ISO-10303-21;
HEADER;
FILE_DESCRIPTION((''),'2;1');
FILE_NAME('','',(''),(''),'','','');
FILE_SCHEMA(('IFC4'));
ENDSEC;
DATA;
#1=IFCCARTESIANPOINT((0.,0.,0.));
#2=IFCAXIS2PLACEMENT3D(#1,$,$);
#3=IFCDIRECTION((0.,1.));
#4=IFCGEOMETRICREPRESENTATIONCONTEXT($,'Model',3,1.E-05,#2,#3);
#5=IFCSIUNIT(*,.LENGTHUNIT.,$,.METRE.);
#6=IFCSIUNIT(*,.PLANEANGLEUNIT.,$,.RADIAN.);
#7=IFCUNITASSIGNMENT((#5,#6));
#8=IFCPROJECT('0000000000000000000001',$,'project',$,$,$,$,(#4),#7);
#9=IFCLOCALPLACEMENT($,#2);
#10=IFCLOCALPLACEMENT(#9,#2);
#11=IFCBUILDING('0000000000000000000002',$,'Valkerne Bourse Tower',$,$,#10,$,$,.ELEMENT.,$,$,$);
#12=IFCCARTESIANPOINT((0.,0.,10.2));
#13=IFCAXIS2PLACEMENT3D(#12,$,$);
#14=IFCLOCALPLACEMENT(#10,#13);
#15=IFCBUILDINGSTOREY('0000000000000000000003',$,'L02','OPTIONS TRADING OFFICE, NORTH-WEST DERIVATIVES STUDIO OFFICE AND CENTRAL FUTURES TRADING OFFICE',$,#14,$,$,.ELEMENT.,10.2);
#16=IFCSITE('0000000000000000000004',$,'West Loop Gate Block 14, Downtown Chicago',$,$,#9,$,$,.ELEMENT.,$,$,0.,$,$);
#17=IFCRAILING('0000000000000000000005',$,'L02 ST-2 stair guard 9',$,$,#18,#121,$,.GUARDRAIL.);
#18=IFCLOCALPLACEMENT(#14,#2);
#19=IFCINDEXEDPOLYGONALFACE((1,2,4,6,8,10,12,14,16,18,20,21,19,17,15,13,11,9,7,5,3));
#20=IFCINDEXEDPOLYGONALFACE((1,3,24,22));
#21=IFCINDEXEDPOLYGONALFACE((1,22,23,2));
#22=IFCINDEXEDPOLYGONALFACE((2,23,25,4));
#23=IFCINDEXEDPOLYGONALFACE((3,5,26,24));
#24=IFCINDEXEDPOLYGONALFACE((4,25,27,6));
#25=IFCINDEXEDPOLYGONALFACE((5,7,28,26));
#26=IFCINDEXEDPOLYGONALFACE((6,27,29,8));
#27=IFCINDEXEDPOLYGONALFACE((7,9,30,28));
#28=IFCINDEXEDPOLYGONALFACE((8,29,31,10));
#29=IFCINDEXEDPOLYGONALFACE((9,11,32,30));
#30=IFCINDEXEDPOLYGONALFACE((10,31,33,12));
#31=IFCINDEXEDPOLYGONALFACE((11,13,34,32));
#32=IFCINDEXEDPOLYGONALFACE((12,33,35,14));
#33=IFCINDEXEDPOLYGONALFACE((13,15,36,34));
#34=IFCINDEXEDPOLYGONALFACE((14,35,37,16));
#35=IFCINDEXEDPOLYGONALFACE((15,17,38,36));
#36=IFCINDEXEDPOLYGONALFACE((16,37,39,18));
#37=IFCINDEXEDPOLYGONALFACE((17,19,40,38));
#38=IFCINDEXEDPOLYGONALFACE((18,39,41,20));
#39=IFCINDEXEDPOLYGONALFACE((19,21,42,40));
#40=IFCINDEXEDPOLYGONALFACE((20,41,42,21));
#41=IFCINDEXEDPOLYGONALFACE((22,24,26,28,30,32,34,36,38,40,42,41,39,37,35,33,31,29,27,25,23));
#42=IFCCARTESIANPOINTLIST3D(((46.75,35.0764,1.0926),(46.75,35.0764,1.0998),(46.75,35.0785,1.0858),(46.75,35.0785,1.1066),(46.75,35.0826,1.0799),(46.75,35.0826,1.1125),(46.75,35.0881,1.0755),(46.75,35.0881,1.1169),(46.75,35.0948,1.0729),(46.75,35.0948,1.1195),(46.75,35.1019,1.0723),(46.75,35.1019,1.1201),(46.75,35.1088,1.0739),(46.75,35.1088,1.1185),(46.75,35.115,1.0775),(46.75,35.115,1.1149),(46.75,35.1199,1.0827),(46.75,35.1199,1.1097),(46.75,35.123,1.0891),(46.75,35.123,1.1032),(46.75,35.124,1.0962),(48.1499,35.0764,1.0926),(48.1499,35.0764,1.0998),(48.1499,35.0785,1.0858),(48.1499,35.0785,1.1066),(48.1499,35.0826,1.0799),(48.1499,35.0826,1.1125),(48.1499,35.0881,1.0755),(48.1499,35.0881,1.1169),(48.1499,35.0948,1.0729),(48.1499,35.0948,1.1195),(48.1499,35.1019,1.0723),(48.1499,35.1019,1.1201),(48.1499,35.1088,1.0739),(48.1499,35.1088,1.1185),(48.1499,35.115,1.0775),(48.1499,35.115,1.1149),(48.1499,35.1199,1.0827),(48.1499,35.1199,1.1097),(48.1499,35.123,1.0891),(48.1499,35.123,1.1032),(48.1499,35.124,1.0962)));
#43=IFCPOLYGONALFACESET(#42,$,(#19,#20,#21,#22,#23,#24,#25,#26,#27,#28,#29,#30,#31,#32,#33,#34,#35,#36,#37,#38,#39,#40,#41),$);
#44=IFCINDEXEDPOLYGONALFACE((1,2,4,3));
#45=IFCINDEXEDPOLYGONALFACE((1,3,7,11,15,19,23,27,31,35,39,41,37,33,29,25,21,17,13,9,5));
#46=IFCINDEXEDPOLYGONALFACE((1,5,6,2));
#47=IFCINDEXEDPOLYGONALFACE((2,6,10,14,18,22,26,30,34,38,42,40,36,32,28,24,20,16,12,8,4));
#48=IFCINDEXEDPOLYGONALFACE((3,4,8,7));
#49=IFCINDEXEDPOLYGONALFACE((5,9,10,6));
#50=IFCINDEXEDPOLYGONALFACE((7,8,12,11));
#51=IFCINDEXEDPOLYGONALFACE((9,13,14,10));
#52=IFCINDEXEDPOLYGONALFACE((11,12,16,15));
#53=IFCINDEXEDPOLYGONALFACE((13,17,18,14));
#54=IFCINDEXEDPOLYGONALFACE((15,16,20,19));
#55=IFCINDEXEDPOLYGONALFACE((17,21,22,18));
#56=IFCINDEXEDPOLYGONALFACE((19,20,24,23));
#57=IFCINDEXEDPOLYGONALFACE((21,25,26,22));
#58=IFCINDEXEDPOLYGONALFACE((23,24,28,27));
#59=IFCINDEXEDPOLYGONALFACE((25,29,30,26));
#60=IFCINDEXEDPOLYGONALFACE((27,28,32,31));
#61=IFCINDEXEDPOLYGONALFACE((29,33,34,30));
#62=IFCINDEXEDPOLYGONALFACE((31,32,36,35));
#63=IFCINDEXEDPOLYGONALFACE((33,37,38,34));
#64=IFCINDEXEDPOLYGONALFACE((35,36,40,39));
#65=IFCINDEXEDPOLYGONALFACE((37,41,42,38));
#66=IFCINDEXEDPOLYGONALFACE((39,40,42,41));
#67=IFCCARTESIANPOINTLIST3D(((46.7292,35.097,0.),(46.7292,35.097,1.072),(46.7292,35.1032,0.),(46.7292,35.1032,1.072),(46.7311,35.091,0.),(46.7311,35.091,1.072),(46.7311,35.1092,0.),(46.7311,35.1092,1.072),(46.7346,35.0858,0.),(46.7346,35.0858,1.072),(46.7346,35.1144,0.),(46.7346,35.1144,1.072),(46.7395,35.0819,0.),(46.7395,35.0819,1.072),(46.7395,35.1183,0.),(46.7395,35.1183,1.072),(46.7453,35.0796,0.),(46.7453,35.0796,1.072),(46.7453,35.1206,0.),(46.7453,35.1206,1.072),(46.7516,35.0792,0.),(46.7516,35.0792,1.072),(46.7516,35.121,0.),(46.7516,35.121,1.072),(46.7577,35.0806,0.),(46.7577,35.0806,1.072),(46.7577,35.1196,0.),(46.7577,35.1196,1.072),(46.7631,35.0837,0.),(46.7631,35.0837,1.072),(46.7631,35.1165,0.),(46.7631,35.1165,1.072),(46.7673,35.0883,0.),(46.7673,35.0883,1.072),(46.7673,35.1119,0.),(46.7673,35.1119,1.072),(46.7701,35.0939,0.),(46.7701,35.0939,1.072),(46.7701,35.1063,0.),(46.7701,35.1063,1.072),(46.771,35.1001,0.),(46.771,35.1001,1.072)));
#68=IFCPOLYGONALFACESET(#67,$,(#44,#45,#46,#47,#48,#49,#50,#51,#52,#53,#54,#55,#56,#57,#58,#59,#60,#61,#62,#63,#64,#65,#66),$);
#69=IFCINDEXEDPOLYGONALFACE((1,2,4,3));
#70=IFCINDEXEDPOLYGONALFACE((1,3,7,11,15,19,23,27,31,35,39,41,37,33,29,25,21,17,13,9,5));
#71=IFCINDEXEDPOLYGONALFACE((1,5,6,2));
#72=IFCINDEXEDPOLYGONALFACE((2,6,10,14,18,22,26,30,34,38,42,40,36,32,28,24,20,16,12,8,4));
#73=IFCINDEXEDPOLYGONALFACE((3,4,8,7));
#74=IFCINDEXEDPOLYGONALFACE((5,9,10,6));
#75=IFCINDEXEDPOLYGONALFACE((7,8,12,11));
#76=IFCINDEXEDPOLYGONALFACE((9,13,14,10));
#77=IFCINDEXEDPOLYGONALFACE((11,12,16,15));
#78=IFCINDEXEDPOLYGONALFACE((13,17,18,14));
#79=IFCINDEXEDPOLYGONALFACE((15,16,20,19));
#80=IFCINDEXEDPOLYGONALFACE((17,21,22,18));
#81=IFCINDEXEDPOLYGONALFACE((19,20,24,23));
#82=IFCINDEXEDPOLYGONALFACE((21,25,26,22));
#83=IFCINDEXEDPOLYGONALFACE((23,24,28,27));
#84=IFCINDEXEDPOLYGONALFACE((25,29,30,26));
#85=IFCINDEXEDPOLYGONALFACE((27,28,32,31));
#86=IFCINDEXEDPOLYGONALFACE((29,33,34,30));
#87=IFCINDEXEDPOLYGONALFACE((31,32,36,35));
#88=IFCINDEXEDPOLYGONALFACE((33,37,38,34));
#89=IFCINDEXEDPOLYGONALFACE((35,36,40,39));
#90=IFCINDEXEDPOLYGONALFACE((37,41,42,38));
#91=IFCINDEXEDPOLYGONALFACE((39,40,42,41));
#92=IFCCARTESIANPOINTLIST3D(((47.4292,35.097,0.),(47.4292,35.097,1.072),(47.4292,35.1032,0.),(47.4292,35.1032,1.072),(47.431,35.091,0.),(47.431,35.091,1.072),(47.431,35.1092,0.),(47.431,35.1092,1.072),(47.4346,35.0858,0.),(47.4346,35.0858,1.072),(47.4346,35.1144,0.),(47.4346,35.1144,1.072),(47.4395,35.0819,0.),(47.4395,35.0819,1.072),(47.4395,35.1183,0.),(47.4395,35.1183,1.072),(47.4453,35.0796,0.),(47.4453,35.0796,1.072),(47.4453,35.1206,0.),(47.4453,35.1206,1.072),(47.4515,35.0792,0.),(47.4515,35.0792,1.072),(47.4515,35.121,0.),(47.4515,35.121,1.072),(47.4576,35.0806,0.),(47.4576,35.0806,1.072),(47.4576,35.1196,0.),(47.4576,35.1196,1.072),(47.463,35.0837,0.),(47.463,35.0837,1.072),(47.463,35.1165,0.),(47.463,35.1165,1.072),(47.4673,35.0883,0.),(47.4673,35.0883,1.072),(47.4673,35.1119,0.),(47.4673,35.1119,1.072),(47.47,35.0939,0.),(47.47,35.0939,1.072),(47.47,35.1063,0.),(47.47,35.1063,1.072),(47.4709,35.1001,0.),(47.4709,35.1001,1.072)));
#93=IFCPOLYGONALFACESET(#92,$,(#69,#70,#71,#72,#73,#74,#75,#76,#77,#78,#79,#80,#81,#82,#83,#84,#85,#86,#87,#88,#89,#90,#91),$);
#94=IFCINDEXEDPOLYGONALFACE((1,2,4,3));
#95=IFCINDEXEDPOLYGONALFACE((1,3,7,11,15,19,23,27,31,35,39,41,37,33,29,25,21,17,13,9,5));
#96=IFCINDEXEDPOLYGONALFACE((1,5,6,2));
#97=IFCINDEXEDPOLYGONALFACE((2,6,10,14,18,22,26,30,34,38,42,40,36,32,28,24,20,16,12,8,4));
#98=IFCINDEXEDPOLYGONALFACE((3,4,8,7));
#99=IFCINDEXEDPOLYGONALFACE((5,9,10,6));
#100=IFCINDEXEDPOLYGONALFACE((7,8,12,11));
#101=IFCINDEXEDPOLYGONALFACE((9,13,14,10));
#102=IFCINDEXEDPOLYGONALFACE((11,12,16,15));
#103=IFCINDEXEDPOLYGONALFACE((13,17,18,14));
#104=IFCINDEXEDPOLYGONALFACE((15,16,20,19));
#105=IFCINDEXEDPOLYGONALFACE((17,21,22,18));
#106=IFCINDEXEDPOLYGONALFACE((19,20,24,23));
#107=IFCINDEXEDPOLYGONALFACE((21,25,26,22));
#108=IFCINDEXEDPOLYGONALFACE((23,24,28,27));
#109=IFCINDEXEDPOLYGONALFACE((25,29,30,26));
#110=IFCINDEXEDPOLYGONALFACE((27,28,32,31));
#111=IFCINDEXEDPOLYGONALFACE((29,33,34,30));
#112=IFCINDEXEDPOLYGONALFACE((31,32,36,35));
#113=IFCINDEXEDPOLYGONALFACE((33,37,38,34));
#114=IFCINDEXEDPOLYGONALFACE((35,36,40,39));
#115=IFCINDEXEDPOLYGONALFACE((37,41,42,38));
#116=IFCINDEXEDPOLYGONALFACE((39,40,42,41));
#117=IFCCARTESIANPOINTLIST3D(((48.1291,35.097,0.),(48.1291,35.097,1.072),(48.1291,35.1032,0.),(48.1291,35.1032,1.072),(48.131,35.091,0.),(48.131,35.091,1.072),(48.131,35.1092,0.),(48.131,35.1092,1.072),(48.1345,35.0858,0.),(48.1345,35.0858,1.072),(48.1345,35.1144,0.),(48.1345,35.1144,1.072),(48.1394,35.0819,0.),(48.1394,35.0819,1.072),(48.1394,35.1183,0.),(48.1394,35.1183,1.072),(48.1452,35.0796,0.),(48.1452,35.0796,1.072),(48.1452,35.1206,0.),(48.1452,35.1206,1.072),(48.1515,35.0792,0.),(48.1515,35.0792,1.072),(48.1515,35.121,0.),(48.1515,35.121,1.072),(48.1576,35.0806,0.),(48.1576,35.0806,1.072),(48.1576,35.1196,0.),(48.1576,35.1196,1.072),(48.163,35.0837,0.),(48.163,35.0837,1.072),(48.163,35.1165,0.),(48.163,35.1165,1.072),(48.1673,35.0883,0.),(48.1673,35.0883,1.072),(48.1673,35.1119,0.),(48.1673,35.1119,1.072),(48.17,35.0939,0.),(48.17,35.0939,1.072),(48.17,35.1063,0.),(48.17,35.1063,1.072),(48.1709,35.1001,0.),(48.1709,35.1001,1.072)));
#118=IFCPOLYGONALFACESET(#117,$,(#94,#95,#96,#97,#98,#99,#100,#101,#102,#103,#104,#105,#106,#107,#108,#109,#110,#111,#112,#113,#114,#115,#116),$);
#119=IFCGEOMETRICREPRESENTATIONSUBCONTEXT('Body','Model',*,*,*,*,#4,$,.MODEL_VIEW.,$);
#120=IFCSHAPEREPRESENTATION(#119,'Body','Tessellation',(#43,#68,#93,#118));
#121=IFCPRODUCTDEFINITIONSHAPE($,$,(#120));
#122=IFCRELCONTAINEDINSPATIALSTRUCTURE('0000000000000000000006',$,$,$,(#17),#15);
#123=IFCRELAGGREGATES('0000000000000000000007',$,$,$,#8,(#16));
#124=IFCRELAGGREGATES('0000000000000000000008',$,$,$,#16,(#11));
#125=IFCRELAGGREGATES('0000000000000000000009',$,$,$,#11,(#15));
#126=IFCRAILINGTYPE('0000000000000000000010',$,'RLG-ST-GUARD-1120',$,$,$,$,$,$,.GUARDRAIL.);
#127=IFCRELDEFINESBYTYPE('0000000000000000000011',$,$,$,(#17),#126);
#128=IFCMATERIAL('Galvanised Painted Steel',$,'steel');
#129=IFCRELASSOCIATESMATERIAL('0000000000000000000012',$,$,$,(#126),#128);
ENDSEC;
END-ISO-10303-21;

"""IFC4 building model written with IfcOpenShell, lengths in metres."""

from ifc_helpers import new_model, si_unit, direction, frame, origin, origin_2d, place, context, subcontext, project, spatial, circle, extrude, material, type_object, element, save


model = new_model("IFC4")

# Units and contexts
model_context = context("Model", 3, precision=1e-05, world=origin(), true_north=direction((0.0, 1.0)))
body_context = subcontext(model_context, "Body", "Model", "MODEL_VIEW")
ifc_project = project(units=[si_unit("LENGTHUNIT", "METRE"), si_unit("PLANEANGLEUNIT", "RADIAN")], contexts=[model_context])

# Site, building, storey
site_placement = place(None, origin())
site = spatial("IfcSite", under=ifc_project, at=site_placement, Name="West Loop Gate Block 14, Downtown Chicago", CompositionType="ELEMENT", RefElevation=0.0)
building_placement = place(site_placement, origin())
building = spatial("IfcBuilding", under=site, at=building_placement, Name="Valkerne Bourse Tower", CompositionType="ELEMENT")
storey_placement = place(building_placement, frame((0.0, 0.0, 10.2)))
storey = spatial("IfcBuildingStorey", under=building, at=storey_placement, Name="L02", Description="OPTIONS TRADING OFFICE, NORTH-WEST DERIVATIVES STUDIO OFFICE AND CENTRAL FUTURES TRADING OFFICE", CompositionType="ELEMENT", Elevation=10.2)

# Railing
ifc_material_1 = material(Name="Galvanised Painted Steel", Category="steel")
railing_type_1 = type_object("IfcRailingType", Name="RLG-ST-GUARD-1120", PredefinedType="GUARDRAIL", material=ifc_material_1)
railing_1_placement = place(storey_placement, frame((46.75, 35.1001, 0.0)))
element("IfcRailing", 1, at=railing_1_placement, inside=storey, type_object=railing_type_1, Name="L02 ST-2 stair guard 9", PredefinedType="GUARDRAIL", context=body_context, shape_type="SweptSolid", body=[
    extrude(circle(Radius=0.0239, at=origin_2d()), frame((0.0, 0.0, 1.0962), z_axis=(1.0, 0.0, 0.0), x_axis=(0.0, 1.0, 0.0)), (0.0, 0.0, 1.0), 1.3999),
    extrude(circle(Radius=0.021, at=origin_2d()), origin(), (0.0, 0.0, 1.0), 1.072),
    extrude(circle(Radius=0.021, at=origin_2d()), frame((0.7, 0.0, 0.0)), (0.0, 0.0, 1.0), 1.072),
    extrude(circle(Radius=0.021, at=origin_2d()), frame((1.3999, 0.0, 0.0)), (0.0, 0.0, 1.0), 1.072),
])

save(model, "model.ifc")
